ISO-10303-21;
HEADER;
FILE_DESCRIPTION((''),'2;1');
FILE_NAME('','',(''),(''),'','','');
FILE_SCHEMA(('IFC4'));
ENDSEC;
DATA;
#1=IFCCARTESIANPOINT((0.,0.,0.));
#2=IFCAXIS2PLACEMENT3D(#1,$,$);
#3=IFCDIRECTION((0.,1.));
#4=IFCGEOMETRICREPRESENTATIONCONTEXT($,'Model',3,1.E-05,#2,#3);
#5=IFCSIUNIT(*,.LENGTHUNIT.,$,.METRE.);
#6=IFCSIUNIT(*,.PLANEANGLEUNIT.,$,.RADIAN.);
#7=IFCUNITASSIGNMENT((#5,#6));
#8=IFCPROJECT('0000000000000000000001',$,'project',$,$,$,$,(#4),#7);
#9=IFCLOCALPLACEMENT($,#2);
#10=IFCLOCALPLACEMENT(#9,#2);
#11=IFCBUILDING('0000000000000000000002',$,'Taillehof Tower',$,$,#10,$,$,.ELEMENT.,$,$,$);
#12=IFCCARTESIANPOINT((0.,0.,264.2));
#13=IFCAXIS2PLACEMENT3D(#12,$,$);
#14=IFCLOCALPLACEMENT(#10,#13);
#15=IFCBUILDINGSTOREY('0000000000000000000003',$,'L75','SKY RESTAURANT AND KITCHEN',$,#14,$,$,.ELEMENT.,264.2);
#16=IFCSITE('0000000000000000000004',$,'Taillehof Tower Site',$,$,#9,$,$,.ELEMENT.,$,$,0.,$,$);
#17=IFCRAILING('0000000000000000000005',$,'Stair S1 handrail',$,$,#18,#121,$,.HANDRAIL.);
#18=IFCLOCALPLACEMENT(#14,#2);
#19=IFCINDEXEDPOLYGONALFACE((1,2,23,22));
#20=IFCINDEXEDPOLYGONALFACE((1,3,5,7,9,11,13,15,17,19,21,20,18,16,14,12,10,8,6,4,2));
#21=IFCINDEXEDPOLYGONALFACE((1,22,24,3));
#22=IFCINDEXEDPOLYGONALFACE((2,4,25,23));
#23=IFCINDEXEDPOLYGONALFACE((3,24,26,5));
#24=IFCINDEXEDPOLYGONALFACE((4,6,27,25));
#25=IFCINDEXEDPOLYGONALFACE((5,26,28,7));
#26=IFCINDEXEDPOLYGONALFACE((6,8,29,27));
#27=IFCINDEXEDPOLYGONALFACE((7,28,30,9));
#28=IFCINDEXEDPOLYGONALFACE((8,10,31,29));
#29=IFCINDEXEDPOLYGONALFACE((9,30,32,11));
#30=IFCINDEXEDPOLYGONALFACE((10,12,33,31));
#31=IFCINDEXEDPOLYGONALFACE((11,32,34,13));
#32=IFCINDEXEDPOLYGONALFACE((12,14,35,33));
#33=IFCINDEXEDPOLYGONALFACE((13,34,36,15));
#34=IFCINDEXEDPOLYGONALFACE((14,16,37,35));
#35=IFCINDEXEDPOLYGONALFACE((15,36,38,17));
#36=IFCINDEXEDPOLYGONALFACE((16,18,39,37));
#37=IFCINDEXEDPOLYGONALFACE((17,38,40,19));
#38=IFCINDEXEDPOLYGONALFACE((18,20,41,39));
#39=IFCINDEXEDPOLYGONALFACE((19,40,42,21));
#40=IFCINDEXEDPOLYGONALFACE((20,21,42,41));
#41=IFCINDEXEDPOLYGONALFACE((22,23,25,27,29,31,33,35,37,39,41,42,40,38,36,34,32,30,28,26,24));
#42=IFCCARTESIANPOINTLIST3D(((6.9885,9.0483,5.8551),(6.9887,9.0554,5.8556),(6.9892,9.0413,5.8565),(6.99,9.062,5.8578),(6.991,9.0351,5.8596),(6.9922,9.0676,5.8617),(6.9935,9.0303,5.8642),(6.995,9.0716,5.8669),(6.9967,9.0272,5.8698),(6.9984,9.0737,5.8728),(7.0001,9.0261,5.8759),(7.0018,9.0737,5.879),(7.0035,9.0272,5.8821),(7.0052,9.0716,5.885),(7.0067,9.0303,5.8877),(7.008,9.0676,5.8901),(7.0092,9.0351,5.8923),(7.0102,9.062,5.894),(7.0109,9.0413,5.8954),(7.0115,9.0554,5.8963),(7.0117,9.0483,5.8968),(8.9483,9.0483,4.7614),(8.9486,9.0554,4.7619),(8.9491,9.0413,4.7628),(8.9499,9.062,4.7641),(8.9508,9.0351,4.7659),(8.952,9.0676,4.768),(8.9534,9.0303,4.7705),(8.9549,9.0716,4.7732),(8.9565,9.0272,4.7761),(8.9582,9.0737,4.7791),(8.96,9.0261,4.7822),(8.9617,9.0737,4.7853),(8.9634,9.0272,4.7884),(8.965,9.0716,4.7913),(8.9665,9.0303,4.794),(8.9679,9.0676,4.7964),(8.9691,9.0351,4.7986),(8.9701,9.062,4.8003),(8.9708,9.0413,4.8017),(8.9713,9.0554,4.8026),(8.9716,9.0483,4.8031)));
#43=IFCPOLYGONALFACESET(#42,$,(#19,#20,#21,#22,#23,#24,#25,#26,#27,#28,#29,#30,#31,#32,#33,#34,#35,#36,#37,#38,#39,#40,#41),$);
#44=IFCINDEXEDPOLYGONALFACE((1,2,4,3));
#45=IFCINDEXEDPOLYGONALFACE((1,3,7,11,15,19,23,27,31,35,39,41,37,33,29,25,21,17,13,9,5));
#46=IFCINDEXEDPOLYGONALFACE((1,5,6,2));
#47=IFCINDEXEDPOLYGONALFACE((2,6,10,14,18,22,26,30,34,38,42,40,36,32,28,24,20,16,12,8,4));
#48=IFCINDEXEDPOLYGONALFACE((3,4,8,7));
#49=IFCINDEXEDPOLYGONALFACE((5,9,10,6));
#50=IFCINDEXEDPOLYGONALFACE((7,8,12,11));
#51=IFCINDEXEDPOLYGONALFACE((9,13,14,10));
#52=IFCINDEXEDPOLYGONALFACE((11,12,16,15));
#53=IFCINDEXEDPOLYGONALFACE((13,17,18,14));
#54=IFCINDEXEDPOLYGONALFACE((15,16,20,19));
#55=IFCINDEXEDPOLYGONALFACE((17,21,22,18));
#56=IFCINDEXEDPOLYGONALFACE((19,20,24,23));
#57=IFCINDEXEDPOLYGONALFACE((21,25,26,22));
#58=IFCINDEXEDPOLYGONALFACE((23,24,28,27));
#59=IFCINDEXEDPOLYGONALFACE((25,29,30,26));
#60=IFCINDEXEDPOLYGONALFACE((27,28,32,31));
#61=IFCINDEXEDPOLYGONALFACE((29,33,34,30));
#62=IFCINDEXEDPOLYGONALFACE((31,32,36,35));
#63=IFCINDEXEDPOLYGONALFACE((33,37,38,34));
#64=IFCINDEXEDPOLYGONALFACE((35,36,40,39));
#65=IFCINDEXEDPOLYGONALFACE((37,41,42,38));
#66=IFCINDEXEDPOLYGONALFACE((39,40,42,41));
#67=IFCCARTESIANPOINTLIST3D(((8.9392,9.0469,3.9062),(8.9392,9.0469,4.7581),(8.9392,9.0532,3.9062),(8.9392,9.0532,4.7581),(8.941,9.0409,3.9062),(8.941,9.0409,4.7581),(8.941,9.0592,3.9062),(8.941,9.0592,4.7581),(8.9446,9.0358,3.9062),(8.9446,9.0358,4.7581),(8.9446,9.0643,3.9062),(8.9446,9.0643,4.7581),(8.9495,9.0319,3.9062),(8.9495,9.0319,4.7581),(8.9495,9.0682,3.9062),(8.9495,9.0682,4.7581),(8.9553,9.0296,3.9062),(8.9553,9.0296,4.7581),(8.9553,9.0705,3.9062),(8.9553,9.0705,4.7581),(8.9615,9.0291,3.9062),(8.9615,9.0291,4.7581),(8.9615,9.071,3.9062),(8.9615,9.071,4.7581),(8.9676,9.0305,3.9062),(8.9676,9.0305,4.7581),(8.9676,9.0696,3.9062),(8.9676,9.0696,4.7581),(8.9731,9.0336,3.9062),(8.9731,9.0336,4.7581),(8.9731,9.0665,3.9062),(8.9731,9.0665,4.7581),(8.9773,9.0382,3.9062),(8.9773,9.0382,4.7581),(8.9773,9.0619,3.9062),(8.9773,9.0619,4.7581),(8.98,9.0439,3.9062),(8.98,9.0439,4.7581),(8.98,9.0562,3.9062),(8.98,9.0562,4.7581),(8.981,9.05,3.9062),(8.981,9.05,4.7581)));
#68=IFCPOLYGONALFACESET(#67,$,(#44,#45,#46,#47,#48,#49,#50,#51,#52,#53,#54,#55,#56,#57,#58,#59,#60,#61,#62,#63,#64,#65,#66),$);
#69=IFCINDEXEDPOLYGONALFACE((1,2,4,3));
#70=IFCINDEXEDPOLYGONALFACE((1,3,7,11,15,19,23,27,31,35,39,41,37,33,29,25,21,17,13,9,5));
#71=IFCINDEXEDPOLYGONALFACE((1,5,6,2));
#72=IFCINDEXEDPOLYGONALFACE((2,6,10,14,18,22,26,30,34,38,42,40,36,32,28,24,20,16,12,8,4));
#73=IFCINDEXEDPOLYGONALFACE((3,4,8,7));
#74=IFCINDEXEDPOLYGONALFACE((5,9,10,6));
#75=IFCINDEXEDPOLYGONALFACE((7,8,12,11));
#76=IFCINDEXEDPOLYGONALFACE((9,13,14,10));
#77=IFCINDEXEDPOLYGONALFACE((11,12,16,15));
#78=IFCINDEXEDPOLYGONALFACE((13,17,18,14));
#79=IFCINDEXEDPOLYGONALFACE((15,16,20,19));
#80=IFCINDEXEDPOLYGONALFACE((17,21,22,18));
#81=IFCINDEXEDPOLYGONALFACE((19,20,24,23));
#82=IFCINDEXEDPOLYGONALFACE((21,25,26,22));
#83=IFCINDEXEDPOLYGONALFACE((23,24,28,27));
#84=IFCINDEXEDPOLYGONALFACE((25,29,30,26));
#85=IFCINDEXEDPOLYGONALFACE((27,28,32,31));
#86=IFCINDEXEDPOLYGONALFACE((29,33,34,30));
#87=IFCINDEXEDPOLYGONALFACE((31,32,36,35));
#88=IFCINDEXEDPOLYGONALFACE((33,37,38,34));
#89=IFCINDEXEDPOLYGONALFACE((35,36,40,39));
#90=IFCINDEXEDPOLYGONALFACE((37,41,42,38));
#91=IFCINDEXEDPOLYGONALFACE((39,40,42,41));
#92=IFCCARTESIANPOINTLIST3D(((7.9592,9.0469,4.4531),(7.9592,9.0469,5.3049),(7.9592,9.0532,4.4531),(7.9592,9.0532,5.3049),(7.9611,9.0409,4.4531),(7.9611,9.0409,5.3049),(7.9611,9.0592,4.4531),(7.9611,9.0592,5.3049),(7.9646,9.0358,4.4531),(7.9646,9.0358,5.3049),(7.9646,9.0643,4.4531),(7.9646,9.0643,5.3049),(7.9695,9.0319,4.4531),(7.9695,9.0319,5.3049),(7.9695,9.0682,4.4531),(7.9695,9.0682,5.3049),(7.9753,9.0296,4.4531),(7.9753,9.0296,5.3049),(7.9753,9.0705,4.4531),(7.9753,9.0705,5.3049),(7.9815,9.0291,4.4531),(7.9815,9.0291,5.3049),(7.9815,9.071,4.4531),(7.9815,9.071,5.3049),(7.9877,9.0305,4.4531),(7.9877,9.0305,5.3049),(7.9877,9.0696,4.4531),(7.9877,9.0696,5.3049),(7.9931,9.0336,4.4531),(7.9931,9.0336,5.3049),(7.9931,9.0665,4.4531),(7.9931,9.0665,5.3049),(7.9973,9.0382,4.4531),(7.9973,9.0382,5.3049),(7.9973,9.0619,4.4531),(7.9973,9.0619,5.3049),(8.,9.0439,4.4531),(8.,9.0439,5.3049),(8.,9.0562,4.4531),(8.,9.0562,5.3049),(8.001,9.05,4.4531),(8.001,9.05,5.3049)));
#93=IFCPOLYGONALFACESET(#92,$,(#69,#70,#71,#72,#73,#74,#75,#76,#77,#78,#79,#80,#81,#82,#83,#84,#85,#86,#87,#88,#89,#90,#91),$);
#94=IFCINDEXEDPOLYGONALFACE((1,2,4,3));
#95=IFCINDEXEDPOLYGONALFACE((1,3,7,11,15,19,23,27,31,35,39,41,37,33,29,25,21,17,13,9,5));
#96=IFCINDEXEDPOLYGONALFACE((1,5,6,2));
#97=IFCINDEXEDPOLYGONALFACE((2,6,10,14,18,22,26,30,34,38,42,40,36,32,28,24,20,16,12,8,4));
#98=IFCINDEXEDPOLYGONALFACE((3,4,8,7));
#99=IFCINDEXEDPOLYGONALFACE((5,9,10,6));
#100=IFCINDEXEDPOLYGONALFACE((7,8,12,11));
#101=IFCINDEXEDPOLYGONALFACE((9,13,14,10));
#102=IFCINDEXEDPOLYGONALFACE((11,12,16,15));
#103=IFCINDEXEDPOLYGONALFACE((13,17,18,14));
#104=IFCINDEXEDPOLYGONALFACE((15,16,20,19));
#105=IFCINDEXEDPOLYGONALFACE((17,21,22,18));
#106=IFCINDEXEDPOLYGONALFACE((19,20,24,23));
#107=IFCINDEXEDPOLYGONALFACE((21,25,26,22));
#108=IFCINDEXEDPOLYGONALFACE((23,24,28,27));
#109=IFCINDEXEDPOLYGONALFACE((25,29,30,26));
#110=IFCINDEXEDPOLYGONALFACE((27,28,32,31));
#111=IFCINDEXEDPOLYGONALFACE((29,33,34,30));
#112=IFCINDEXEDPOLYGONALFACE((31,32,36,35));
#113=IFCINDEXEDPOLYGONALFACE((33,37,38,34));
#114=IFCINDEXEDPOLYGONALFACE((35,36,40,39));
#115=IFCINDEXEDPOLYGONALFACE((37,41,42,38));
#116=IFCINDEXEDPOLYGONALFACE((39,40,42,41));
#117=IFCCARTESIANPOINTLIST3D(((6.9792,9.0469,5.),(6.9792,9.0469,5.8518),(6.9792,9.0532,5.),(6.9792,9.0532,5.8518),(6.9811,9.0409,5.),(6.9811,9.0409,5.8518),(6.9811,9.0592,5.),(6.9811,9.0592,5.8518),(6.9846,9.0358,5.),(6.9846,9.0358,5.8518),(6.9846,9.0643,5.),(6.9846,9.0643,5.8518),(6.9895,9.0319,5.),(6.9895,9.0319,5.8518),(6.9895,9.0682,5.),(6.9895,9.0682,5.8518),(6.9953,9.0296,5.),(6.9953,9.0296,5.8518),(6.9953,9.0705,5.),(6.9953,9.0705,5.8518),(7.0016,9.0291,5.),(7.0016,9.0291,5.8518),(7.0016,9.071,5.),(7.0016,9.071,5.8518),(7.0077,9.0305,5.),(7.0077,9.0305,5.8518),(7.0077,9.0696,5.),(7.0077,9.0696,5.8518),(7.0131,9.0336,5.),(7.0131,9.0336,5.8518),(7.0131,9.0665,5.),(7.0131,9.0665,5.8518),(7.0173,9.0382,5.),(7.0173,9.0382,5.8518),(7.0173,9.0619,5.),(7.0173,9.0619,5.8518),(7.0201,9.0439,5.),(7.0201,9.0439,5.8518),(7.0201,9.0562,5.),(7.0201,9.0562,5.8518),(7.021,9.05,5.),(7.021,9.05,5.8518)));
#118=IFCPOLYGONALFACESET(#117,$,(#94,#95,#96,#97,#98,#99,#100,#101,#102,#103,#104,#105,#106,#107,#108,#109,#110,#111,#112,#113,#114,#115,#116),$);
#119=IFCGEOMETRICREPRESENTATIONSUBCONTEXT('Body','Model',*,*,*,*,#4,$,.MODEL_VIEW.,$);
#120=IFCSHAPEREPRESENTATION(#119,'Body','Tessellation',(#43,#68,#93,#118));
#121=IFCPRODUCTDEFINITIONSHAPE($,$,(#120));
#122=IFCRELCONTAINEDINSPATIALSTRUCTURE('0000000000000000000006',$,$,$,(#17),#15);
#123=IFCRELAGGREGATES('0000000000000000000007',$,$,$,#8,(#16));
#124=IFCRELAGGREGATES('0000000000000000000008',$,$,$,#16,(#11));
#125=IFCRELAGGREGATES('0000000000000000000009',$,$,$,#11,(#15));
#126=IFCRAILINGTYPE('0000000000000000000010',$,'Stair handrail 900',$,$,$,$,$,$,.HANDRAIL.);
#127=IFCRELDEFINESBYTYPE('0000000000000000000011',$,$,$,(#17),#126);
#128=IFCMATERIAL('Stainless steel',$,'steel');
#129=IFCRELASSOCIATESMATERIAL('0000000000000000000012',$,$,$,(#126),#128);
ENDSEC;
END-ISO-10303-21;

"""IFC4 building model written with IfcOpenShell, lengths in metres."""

from ifc_helpers import new_model, si_unit, direction, frame, origin, origin_2d, place, context, subcontext, project, spatial, circle, extrude, material, type_object, element, save


model = new_model("IFC4")

# Units and contexts
model_context = context("Model", 3, precision=1e-05, world=origin(), true_north=direction((0.0, 1.0)))
body_context = subcontext(model_context, "Body", "Model", "MODEL_VIEW")
ifc_project = project(units=[si_unit("LENGTHUNIT", "METRE"), si_unit("PLANEANGLEUNIT", "RADIAN")], contexts=[model_context])

# Site, building, storey
site_placement = place(None, origin())
site = spatial("IfcSite", under=ifc_project, at=site_placement, Name="Taillehof Tower Site", CompositionType="ELEMENT", RefElevation=0.0)
building_placement = place(site_placement, origin())
building = spatial("IfcBuilding", under=site, at=building_placement, Name="Taillehof Tower", CompositionType="ELEMENT")
storey_placement = place(building_placement, frame((0.0, 0.0, 264.2)))
storey = spatial("IfcBuildingStorey", under=building, at=storey_placement, Name="L75", Description="SKY RESTAURANT AND KITCHEN", CompositionType="ELEMENT", Elevation=264.2)

# Railing
ifc_material_1 = material(Name="Stainless steel", Category="steel")
railing_type = type_object("IfcRailingType", Name="Stair handrail 900", PredefinedType="HANDRAIL", material=ifc_material_1)
railing_1_placement = place(storey_placement, frame((8.96, 9.05, 3.9062)))
element("IfcRailing", 1, at=railing_1_placement, inside=storey, type_object=railing_type, Name="Stair S1 handrail", PredefinedType="HANDRAIL", context=body_context, shape_type="SweptSolid", body=[
    extrude(circle(Radius=0.0239, at=origin_2d()), frame((0.0, 0.0, 0.876), z_axis=(-0.873232, 0.0, 0.487304), x_axis=(0.0, -1.0, 0.0)), (0.0, 0.0, 1.0), 2.2444),
    extrude(circle(Radius=0.021, at=origin_2d()), origin(), (0.0, 0.0, 1.0), 0.8518),
    extrude(circle(Radius=0.021, at=origin_2d()), frame((-0.98, 0.0, 0.5469)), (0.0, 0.0, 1.0), 0.8518),
    extrude(circle(Radius=0.021, at=origin_2d()), frame((-1.96, 0.0, 1.0938)), (0.0, 0.0, 1.0), 0.8518),
])

save(model, "model.ifc")
